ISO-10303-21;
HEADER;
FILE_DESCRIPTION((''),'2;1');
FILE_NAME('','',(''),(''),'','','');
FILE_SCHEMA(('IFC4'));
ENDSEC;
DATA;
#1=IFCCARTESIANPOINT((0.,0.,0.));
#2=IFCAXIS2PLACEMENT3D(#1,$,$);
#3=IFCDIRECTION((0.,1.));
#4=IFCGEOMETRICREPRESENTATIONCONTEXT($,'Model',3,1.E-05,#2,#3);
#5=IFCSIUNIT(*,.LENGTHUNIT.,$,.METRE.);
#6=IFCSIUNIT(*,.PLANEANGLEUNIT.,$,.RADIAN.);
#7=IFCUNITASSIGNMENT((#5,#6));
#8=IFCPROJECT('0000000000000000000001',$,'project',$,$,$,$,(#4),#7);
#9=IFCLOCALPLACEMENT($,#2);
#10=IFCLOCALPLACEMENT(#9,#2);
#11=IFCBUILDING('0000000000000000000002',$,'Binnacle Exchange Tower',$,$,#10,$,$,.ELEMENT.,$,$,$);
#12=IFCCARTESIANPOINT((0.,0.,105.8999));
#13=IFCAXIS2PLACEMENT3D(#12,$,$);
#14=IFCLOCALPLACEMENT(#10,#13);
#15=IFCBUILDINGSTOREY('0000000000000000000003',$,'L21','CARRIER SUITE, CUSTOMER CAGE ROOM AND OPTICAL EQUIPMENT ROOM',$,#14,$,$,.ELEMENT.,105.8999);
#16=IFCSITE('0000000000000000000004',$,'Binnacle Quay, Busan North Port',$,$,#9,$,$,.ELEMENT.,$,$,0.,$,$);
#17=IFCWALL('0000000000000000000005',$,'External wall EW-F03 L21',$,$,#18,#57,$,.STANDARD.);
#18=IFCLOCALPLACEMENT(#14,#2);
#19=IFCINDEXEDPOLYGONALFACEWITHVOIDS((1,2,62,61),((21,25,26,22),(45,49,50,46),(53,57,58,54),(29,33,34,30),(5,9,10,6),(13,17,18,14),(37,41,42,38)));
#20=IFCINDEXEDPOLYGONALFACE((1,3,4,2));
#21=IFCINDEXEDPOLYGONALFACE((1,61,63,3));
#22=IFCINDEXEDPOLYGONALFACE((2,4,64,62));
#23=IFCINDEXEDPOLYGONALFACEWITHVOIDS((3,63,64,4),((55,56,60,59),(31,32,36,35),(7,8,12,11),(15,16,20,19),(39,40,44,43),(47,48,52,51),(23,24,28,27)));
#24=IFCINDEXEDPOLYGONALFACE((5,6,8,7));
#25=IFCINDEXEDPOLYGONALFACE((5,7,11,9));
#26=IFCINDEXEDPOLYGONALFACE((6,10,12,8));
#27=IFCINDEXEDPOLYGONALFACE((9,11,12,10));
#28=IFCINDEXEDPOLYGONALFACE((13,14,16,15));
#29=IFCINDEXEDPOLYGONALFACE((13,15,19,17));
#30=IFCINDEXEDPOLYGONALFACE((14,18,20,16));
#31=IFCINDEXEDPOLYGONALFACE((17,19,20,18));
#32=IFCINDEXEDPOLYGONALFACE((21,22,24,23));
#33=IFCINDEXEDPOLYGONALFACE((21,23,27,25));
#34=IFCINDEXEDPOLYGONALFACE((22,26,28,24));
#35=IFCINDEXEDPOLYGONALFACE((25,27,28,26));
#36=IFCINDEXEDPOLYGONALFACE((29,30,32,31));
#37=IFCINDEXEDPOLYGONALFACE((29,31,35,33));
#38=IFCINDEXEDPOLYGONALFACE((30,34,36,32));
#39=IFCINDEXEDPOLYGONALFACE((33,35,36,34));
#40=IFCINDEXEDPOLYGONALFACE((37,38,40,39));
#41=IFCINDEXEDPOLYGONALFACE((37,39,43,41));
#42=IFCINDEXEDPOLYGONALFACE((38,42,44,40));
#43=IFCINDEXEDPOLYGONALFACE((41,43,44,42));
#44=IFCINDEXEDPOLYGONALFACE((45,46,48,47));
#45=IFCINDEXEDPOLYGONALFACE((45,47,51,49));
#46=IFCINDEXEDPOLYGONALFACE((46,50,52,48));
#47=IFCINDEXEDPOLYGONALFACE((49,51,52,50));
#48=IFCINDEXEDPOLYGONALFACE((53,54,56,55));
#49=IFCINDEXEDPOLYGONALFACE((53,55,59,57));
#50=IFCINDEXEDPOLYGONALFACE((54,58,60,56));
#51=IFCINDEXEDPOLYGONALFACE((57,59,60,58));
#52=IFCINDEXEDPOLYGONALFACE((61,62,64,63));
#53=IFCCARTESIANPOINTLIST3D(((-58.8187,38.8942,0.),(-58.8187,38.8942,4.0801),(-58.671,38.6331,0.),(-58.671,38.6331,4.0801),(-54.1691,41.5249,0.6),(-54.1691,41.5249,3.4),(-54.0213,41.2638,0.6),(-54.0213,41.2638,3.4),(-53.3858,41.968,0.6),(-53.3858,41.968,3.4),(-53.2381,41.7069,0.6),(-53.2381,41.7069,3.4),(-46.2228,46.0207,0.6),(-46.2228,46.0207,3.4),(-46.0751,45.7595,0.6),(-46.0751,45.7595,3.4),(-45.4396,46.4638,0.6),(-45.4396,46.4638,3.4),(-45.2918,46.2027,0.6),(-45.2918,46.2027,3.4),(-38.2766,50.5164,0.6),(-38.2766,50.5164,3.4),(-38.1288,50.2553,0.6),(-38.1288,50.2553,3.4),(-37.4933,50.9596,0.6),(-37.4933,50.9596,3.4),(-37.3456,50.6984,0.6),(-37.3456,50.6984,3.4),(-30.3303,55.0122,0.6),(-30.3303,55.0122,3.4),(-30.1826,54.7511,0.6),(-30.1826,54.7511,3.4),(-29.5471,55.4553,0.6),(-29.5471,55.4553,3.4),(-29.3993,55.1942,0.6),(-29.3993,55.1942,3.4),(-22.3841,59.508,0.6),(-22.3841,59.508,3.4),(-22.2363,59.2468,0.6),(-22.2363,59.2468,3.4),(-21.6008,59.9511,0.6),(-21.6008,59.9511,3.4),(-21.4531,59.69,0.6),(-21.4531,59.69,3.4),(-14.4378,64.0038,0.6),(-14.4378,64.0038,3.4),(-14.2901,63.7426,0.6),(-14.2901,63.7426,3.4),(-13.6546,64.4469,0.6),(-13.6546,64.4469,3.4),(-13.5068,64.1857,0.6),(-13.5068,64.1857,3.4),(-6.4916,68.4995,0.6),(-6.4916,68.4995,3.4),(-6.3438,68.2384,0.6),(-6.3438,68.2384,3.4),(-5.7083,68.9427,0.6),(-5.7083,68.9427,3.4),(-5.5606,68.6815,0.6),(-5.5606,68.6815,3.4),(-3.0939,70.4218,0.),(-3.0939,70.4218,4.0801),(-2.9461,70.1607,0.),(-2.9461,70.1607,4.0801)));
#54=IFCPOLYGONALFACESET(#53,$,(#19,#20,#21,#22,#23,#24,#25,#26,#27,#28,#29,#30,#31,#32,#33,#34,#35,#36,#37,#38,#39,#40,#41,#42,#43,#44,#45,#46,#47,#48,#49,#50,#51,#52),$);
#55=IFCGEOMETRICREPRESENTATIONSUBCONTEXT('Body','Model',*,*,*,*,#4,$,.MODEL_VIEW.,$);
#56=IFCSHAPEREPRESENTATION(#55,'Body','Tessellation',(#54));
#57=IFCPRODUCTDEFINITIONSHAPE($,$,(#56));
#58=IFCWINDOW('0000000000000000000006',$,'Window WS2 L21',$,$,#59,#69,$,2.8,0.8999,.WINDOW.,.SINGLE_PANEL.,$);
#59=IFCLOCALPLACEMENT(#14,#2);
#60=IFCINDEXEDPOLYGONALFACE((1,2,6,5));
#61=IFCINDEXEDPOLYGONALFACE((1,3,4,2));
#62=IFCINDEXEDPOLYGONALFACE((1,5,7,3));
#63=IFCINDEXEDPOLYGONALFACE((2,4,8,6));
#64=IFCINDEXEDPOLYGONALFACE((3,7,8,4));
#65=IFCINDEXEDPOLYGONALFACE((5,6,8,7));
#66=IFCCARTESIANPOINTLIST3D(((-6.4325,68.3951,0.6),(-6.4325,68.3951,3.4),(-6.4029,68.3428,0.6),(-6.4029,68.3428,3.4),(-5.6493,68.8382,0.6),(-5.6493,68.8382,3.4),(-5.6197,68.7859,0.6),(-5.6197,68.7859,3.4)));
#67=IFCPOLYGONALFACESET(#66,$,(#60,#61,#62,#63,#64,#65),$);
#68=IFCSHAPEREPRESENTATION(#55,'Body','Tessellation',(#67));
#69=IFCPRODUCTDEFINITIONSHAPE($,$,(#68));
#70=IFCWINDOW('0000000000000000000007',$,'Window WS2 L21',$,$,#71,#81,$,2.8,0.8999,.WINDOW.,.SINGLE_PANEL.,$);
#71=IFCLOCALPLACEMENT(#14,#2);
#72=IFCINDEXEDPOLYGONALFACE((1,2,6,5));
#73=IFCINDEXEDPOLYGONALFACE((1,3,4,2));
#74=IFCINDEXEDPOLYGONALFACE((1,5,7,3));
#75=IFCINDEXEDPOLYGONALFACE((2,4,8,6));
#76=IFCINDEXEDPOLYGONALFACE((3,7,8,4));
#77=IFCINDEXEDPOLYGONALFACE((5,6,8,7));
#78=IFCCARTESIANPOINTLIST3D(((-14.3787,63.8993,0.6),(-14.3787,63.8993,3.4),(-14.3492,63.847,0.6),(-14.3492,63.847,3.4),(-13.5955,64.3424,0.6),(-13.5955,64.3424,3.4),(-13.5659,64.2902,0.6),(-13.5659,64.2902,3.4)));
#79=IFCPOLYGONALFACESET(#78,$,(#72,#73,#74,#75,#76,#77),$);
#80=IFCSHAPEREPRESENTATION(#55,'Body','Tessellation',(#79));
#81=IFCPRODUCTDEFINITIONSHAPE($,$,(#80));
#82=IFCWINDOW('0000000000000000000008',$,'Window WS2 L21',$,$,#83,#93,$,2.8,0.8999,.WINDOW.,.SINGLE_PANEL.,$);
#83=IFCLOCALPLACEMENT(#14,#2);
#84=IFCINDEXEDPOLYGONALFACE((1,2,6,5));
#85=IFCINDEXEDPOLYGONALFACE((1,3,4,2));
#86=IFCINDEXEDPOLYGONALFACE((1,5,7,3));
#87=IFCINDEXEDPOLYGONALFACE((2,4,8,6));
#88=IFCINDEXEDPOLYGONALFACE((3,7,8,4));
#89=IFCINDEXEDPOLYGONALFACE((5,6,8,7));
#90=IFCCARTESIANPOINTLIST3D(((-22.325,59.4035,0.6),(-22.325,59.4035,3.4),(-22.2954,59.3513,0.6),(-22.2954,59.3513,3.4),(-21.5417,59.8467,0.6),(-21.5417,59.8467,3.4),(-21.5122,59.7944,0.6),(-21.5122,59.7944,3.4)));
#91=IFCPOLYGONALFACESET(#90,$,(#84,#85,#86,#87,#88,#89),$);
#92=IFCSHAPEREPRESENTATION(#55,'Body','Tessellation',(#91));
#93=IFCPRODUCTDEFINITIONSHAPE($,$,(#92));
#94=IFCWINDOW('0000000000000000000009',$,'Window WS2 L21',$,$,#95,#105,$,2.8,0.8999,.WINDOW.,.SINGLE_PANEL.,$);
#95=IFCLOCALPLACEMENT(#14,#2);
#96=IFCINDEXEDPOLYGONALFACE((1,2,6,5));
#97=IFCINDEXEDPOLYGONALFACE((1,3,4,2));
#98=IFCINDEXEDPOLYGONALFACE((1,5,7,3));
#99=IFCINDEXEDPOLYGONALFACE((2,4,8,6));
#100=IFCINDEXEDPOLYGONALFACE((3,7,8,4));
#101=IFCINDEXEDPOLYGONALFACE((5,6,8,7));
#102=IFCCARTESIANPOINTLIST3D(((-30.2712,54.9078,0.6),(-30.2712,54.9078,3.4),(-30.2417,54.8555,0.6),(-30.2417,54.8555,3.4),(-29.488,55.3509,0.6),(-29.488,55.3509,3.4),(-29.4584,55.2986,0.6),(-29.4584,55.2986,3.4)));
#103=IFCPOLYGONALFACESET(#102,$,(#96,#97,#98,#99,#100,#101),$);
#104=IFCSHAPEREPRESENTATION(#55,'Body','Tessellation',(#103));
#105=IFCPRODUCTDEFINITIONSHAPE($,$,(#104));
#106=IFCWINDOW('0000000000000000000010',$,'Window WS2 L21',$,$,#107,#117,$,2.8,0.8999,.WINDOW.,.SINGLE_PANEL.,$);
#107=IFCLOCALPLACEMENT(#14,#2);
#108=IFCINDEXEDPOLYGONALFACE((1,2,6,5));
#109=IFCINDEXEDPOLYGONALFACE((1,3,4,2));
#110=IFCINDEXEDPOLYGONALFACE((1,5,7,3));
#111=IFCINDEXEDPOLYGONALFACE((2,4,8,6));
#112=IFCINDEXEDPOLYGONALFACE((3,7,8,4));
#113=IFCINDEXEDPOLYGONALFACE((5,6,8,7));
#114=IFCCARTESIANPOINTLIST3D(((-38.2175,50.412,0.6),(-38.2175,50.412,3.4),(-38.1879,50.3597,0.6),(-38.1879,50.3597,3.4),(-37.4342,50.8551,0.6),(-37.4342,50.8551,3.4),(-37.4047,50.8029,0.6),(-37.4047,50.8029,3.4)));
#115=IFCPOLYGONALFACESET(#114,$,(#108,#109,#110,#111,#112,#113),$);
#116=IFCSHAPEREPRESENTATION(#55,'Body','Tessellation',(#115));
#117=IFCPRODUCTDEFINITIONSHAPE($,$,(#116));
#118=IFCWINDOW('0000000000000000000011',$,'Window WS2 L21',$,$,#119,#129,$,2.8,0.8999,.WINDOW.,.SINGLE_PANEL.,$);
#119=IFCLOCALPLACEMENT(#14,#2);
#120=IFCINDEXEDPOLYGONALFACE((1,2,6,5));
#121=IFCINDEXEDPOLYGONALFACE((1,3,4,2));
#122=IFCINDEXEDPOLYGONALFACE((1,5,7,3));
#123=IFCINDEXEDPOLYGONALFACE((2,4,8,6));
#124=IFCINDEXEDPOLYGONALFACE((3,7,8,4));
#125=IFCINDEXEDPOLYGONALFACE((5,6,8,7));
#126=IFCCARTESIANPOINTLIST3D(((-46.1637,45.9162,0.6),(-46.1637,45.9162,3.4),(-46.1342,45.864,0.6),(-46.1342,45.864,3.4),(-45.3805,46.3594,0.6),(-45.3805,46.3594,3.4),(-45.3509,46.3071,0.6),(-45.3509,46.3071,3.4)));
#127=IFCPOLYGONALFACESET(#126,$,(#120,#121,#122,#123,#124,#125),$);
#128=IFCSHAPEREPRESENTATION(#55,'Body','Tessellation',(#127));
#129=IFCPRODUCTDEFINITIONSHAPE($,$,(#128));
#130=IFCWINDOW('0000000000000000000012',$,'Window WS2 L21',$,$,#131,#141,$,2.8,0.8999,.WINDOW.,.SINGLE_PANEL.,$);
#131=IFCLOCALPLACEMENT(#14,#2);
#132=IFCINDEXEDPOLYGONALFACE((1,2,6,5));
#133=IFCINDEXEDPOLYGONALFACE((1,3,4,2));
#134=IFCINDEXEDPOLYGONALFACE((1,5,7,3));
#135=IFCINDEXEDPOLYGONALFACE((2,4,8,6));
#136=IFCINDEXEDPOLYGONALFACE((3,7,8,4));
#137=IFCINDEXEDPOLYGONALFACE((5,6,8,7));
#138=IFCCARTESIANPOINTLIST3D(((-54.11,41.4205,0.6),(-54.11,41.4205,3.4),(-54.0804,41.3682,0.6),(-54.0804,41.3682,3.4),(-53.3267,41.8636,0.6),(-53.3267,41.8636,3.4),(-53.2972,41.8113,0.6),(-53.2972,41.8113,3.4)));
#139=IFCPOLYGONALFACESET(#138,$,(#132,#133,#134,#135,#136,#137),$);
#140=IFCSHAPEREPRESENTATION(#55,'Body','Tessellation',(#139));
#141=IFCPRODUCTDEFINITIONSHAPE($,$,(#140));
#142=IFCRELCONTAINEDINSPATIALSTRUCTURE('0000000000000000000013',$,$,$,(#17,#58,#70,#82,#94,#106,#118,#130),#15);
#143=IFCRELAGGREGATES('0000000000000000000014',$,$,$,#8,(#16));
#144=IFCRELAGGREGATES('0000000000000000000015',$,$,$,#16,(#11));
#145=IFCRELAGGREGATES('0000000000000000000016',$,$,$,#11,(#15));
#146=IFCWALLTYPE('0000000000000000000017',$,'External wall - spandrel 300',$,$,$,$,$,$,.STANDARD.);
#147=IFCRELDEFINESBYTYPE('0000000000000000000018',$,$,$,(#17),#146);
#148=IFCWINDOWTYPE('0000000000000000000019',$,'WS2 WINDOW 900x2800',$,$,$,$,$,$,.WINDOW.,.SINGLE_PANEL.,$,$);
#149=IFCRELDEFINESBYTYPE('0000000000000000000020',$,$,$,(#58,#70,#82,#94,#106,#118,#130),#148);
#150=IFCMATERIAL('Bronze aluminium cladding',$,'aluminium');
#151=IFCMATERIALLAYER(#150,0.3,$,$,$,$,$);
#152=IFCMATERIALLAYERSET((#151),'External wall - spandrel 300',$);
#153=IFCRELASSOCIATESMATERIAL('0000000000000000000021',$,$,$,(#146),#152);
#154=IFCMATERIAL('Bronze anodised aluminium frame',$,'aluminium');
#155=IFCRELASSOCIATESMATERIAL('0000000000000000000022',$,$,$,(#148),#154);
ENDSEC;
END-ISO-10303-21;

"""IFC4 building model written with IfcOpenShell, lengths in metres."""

from ifc_helpers import new_model, si_unit, direction, frame, frame_2d, origin, place, context, subcontext, project, spatial, rectangle, extrude, material, layer, layer_set, type_object, element, fill, save


model = new_model("IFC4")

# Units and contexts
model_context = context("Model", 3, precision=1e-05, world=origin(), true_north=direction((0.0, 1.0)))
body_context = subcontext(model_context, "Body", "Model", "MODEL_VIEW")
ifc_project = project(units=[si_unit("LENGTHUNIT", "METRE"), si_unit("PLANEANGLEUNIT", "RADIAN")], contexts=[model_context])

# Site, building, storey
site_placement = place(None, origin())
site = spatial("IfcSite", under=ifc_project, at=site_placement, Name="Binnacle Quay, Busan North Port", CompositionType="ELEMENT", RefElevation=0.0)
building_placement = place(site_placement, origin())
building = spatial("IfcBuilding", under=site, at=building_placement, Name="Binnacle Exchange Tower", CompositionType="ELEMENT")
storey_placement = place(building_placement, frame((0.0, 0.0, 105.8999)))
storey = spatial("IfcBuildingStorey", under=building, at=storey_placement, Name="L21", Description="CARRIER SUITE, CUSTOMER CAGE ROOM AND OPTICAL EQUIPMENT ROOM", CompositionType="ELEMENT", Elevation=105.8999)

# Wall, openings, windows
ifc_material_1 = material(Name="Bronze aluminium cladding", Category="aluminium")
ifc_layer_1 = layer(ifc_material_1, 0.3)
ifc_layer_set_1 = layer_set([ifc_layer_1], Name="External wall - spandrel 300")
wall_type_1 = type_object("IfcWallType", Name="External wall - spandrel 300", PredefinedType="STANDARD", material=ifc_layer_set_1)
wall_1_placement = place(storey_placement, frame((-58.7449, 38.7637, 0.0), z_axis=(0.0, 0.0, 1.0), x_axis=(0.870356, 0.492423, 0.0)))
wall_1 = element("IfcWall", 1, at=wall_1_placement, inside=storey, type_object=wall_type_1, Name="External wall EW-F03 L21", PredefinedType="STANDARD", context=body_context, shape_type="SweptSolid", body=[
    extrude(rectangle(XDim=64.0254, YDim=0.3, at=frame_2d((32.0127, 0.0))), origin(), (0.0, 0.0, 1.0), 4.0801),
])
opening_1_placement = place(wall_1_placement, frame((60.1216, 0.0, 0.6001)))
opening_1 = element("IfcOpeningElement", 2, at=opening_1_placement, cuts=wall_1, PredefinedType="OPENING", context=body_context, shape_type="SweptSolid", body=[
    extrude(rectangle(XDim=0.8999, YDim=2.8, at=frame_2d((0.45, 1.3999))), frame((0.0, 0.1599, 0.0), z_axis=(0.0, -1.0, 0.0), x_axis=(1.0, 0.0, 0.0)), (0.0, 0.0, 1.0), 0.3201),
])
opening_2_placement = place(wall_1_placement, frame((50.9917, 0.0, 0.6001)))
opening_2 = element("IfcOpeningElement", 3, at=opening_2_placement, cuts=wall_1, PredefinedType="OPENING", context=body_context, shape_type="SweptSolid", body=[
    extrude(rectangle(XDim=0.8999, YDim=2.8, at=frame_2d((0.45, 1.3999))), frame((0.0, 0.1599, 0.0), z_axis=(0.0, -1.0, 0.0), x_axis=(1.0, 0.0, 0.0)), (0.0, 0.0, 1.0), 0.3201),
])
opening_3_placement = place(wall_1_placement, frame((41.8618, 0.0, 0.6001)))
opening_3 = element("IfcOpeningElement", 4, at=opening_3_placement, cuts=wall_1, PredefinedType="OPENING", context=body_context, shape_type="SweptSolid", body=[
    extrude(rectangle(XDim=0.8999, YDim=2.8, at=frame_2d((0.45, 1.3999))), frame((0.0, 0.1599, 0.0), z_axis=(0.0, -1.0, 0.0), x_axis=(1.0, 0.0, 0.0)), (0.0, 0.0, 1.0), 0.3201),
])
opening_4_placement = place(wall_1_placement, frame((32.7319, 0.0, 0.6001)))
opening_4 = element("IfcOpeningElement", 5, at=opening_4_placement, cuts=wall_1, PredefinedType="OPENING", context=body_context, shape_type="SweptSolid", body=[
    extrude(rectangle(XDim=0.8999, YDim=2.8, at=frame_2d((0.45, 1.3999))), frame((0.0, 0.1599, 0.0), z_axis=(0.0, -1.0, 0.0), x_axis=(1.0, 0.0, 0.0)), (0.0, 0.0, 1.0), 0.3201),
])
opening_5_placement = place(wall_1_placement, frame((23.6021, 0.0, 0.6001)))
opening_5 = element("IfcOpeningElement", 6, at=opening_5_placement, cuts=wall_1, PredefinedType="OPENING", context=body_context, shape_type="SweptSolid", body=[
    extrude(rectangle(XDim=0.8999, YDim=2.8, at=frame_2d((0.45, 1.3999))), frame((0.0, 0.1599, 0.0), z_axis=(0.0, -1.0, 0.0), x_axis=(1.0, 0.0, 0.0)), (0.0, 0.0, 1.0), 0.3201),
])
opening_6_placement = place(wall_1_placement, frame((14.4722, 0.0, 0.6001)))
opening_6 = element("IfcOpeningElement", 7, at=opening_6_placement, cuts=wall_1, PredefinedType="OPENING", context=body_context, shape_type="SweptSolid", body=[
    extrude(rectangle(XDim=0.8999, YDim=2.8, at=frame_2d((0.45, 1.3999))), frame((0.0, 0.1599, 0.0), z_axis=(0.0, -1.0, 0.0), x_axis=(1.0, 0.0, 0.0)), (0.0, 0.0, 1.0), 0.3201),
])
opening_7_placement = place(wall_1_placement, frame((5.3423, 0.0, 0.6001)))
opening_7 = element("IfcOpeningElement", 8, at=opening_7_placement, cuts=wall_1, PredefinedType="OPENING", context=body_context, shape_type="SweptSolid", body=[
    extrude(rectangle(XDim=0.8999, YDim=2.8, at=frame_2d((0.45, 1.3999))), frame((0.0, 0.1599, 0.0), z_axis=(0.0, -1.0, 0.0), x_axis=(1.0, 0.0, 0.0)), (0.0, 0.0, 1.0), 0.3201),
])
ifc_material_2 = material(Name="Bronze anodised aluminium frame", Category="aluminium")
window_type = type_object("IfcWindowType", Name="WS2 WINDOW 900x2800", PartitioningType="SINGLE_PANEL", PredefinedType="WINDOW", material=ifc_material_2)
window_1_placement = place(opening_1_placement, origin())
window_1 = element("IfcWindow", 9, at=window_1_placement, inside=storey, type_object=window_type, Name="Window WS2 L21", OverallHeight=2.8, OverallWidth=0.8999, PartitioningType="SINGLE_PANEL", PredefinedType="WINDOW", context=body_context, shape_type="SweptSolid", body=[
    extrude(rectangle(XDim=0.8999, YDim=2.8, at=frame_2d((0.45, 1.3999))), frame((0.0, 0.03, 0.0), z_axis=(0.0, -1.0, 0.0), x_axis=(1.0, 0.0, 0.0)), (0.0, 0.0, 1.0), 0.0601),
])
fill(opening_1, window_1)
window_2_placement = place(opening_2_placement, origin())
window_2 = element("IfcWindow", 10, at=window_2_placement, inside=storey, type_object=window_type, Name="Window WS2 L21", OverallHeight=2.8, OverallWidth=0.8999, PartitioningType="SINGLE_PANEL", PredefinedType="WINDOW", context=body_context, shape_type="SweptSolid", body=[
    extrude(rectangle(XDim=0.8999, YDim=2.8, at=frame_2d((0.45, 1.3999))), frame((0.0, 0.03, 0.0), z_axis=(0.0, -1.0, 0.0), x_axis=(1.0, 0.0, 0.0)), (0.0, 0.0, 1.0), 0.0601),
])
fill(opening_2, window_2)
window_3_placement = place(opening_3_placement, origin())
window_3 = element("IfcWindow", 11, at=window_3_placement, inside=storey, type_object=window_type, Name="Window WS2 L21", OverallHeight=2.8, OverallWidth=0.8999, PartitioningType="SINGLE_PANEL", PredefinedType="WINDOW", context=body_context, shape_type="SweptSolid", body=[
    extrude(rectangle(XDim=0.8999, YDim=2.8, at=frame_2d((0.45, 1.3999))), frame((0.0, 0.03, 0.0), z_axis=(0.0, -1.0, 0.0), x_axis=(1.0, 0.0, 0.0)), (0.0, 0.0, 1.0), 0.0601),
])
fill(opening_3, window_3)
window_4_placement = place(opening_4_placement, origin())
window_4 = element("IfcWindow", 12, at=window_4_placement, inside=storey, type_object=window_type, Name="Window WS2 L21", OverallHeight=2.8, OverallWidth=0.8999, PartitioningType="SINGLE_PANEL", PredefinedType="WINDOW", context=body_context, shape_type="SweptSolid", body=[
    extrude(rectangle(XDim=0.8999, YDim=2.8, at=frame_2d((0.45, 1.3999))), frame((0.0, 0.03, 0.0), z_axis=(0.0, -1.0, 0.0), x_axis=(1.0, 0.0, 0.0)), (0.0, 0.0, 1.0), 0.0601),
])
fill(opening_4, window_4)
window_5_placement = place(opening_5_placement, origin())
window_5 = element("IfcWindow", 13, at=window_5_placement, inside=storey, type_object=window_type, Name="Window WS2 L21", OverallHeight=2.8, OverallWidth=0.8999, PartitioningType="SINGLE_PANEL", PredefinedType="WINDOW", context=body_context, shape_type="SweptSolid", body=[
    extrude(rectangle(XDim=0.8999, YDim=2.8, at=frame_2d((0.45, 1.3999))), frame((0.0, 0.03, 0.0), z_axis=(0.0, -1.0, 0.0), x_axis=(1.0, 0.0, 0.0)), (0.0, 0.0, 1.0), 0.0601),
])
fill(opening_5, window_5)
window_6_placement = place(opening_6_placement, origin())
window_6 = element("IfcWindow", 14, at=window_6_placement, inside=storey, type_object=window_type, Name="Window WS2 L21", OverallHeight=2.8, OverallWidth=0.8999, PartitioningType="SINGLE_PANEL", PredefinedType="WINDOW", context=body_context, shape_type="SweptSolid", body=[
    extrude(rectangle(XDim=0.8999, YDim=2.8, at=frame_2d((0.45, 1.3999))), frame((0.0, 0.03, 0.0), z_axis=(0.0, -1.0, 0.0), x_axis=(1.0, 0.0, 0.0)), (0.0, 0.0, 1.0), 0.0601),
])
fill(opening_6, window_6)
window_7_placement = place(opening_7_placement, origin())
window_7 = element("IfcWindow", 15, at=window_7_placement, inside=storey, type_object=window_type, Name="Window WS2 L21", OverallHeight=2.8, OverallWidth=0.8999, PartitioningType="SINGLE_PANEL", PredefinedType="WINDOW", context=body_context, shape_type="SweptSolid", body=[
    extrude(rectangle(XDim=0.8999, YDim=2.8, at=frame_2d((0.45, 1.3999))), frame((0.0, 0.03, 0.0), z_axis=(0.0, -1.0, 0.0), x_axis=(1.0, 0.0, 0.0)), (0.0, 0.0, 1.0), 0.0601),
])
fill(opening_7, window_7)

save(model, "model.ifc")
